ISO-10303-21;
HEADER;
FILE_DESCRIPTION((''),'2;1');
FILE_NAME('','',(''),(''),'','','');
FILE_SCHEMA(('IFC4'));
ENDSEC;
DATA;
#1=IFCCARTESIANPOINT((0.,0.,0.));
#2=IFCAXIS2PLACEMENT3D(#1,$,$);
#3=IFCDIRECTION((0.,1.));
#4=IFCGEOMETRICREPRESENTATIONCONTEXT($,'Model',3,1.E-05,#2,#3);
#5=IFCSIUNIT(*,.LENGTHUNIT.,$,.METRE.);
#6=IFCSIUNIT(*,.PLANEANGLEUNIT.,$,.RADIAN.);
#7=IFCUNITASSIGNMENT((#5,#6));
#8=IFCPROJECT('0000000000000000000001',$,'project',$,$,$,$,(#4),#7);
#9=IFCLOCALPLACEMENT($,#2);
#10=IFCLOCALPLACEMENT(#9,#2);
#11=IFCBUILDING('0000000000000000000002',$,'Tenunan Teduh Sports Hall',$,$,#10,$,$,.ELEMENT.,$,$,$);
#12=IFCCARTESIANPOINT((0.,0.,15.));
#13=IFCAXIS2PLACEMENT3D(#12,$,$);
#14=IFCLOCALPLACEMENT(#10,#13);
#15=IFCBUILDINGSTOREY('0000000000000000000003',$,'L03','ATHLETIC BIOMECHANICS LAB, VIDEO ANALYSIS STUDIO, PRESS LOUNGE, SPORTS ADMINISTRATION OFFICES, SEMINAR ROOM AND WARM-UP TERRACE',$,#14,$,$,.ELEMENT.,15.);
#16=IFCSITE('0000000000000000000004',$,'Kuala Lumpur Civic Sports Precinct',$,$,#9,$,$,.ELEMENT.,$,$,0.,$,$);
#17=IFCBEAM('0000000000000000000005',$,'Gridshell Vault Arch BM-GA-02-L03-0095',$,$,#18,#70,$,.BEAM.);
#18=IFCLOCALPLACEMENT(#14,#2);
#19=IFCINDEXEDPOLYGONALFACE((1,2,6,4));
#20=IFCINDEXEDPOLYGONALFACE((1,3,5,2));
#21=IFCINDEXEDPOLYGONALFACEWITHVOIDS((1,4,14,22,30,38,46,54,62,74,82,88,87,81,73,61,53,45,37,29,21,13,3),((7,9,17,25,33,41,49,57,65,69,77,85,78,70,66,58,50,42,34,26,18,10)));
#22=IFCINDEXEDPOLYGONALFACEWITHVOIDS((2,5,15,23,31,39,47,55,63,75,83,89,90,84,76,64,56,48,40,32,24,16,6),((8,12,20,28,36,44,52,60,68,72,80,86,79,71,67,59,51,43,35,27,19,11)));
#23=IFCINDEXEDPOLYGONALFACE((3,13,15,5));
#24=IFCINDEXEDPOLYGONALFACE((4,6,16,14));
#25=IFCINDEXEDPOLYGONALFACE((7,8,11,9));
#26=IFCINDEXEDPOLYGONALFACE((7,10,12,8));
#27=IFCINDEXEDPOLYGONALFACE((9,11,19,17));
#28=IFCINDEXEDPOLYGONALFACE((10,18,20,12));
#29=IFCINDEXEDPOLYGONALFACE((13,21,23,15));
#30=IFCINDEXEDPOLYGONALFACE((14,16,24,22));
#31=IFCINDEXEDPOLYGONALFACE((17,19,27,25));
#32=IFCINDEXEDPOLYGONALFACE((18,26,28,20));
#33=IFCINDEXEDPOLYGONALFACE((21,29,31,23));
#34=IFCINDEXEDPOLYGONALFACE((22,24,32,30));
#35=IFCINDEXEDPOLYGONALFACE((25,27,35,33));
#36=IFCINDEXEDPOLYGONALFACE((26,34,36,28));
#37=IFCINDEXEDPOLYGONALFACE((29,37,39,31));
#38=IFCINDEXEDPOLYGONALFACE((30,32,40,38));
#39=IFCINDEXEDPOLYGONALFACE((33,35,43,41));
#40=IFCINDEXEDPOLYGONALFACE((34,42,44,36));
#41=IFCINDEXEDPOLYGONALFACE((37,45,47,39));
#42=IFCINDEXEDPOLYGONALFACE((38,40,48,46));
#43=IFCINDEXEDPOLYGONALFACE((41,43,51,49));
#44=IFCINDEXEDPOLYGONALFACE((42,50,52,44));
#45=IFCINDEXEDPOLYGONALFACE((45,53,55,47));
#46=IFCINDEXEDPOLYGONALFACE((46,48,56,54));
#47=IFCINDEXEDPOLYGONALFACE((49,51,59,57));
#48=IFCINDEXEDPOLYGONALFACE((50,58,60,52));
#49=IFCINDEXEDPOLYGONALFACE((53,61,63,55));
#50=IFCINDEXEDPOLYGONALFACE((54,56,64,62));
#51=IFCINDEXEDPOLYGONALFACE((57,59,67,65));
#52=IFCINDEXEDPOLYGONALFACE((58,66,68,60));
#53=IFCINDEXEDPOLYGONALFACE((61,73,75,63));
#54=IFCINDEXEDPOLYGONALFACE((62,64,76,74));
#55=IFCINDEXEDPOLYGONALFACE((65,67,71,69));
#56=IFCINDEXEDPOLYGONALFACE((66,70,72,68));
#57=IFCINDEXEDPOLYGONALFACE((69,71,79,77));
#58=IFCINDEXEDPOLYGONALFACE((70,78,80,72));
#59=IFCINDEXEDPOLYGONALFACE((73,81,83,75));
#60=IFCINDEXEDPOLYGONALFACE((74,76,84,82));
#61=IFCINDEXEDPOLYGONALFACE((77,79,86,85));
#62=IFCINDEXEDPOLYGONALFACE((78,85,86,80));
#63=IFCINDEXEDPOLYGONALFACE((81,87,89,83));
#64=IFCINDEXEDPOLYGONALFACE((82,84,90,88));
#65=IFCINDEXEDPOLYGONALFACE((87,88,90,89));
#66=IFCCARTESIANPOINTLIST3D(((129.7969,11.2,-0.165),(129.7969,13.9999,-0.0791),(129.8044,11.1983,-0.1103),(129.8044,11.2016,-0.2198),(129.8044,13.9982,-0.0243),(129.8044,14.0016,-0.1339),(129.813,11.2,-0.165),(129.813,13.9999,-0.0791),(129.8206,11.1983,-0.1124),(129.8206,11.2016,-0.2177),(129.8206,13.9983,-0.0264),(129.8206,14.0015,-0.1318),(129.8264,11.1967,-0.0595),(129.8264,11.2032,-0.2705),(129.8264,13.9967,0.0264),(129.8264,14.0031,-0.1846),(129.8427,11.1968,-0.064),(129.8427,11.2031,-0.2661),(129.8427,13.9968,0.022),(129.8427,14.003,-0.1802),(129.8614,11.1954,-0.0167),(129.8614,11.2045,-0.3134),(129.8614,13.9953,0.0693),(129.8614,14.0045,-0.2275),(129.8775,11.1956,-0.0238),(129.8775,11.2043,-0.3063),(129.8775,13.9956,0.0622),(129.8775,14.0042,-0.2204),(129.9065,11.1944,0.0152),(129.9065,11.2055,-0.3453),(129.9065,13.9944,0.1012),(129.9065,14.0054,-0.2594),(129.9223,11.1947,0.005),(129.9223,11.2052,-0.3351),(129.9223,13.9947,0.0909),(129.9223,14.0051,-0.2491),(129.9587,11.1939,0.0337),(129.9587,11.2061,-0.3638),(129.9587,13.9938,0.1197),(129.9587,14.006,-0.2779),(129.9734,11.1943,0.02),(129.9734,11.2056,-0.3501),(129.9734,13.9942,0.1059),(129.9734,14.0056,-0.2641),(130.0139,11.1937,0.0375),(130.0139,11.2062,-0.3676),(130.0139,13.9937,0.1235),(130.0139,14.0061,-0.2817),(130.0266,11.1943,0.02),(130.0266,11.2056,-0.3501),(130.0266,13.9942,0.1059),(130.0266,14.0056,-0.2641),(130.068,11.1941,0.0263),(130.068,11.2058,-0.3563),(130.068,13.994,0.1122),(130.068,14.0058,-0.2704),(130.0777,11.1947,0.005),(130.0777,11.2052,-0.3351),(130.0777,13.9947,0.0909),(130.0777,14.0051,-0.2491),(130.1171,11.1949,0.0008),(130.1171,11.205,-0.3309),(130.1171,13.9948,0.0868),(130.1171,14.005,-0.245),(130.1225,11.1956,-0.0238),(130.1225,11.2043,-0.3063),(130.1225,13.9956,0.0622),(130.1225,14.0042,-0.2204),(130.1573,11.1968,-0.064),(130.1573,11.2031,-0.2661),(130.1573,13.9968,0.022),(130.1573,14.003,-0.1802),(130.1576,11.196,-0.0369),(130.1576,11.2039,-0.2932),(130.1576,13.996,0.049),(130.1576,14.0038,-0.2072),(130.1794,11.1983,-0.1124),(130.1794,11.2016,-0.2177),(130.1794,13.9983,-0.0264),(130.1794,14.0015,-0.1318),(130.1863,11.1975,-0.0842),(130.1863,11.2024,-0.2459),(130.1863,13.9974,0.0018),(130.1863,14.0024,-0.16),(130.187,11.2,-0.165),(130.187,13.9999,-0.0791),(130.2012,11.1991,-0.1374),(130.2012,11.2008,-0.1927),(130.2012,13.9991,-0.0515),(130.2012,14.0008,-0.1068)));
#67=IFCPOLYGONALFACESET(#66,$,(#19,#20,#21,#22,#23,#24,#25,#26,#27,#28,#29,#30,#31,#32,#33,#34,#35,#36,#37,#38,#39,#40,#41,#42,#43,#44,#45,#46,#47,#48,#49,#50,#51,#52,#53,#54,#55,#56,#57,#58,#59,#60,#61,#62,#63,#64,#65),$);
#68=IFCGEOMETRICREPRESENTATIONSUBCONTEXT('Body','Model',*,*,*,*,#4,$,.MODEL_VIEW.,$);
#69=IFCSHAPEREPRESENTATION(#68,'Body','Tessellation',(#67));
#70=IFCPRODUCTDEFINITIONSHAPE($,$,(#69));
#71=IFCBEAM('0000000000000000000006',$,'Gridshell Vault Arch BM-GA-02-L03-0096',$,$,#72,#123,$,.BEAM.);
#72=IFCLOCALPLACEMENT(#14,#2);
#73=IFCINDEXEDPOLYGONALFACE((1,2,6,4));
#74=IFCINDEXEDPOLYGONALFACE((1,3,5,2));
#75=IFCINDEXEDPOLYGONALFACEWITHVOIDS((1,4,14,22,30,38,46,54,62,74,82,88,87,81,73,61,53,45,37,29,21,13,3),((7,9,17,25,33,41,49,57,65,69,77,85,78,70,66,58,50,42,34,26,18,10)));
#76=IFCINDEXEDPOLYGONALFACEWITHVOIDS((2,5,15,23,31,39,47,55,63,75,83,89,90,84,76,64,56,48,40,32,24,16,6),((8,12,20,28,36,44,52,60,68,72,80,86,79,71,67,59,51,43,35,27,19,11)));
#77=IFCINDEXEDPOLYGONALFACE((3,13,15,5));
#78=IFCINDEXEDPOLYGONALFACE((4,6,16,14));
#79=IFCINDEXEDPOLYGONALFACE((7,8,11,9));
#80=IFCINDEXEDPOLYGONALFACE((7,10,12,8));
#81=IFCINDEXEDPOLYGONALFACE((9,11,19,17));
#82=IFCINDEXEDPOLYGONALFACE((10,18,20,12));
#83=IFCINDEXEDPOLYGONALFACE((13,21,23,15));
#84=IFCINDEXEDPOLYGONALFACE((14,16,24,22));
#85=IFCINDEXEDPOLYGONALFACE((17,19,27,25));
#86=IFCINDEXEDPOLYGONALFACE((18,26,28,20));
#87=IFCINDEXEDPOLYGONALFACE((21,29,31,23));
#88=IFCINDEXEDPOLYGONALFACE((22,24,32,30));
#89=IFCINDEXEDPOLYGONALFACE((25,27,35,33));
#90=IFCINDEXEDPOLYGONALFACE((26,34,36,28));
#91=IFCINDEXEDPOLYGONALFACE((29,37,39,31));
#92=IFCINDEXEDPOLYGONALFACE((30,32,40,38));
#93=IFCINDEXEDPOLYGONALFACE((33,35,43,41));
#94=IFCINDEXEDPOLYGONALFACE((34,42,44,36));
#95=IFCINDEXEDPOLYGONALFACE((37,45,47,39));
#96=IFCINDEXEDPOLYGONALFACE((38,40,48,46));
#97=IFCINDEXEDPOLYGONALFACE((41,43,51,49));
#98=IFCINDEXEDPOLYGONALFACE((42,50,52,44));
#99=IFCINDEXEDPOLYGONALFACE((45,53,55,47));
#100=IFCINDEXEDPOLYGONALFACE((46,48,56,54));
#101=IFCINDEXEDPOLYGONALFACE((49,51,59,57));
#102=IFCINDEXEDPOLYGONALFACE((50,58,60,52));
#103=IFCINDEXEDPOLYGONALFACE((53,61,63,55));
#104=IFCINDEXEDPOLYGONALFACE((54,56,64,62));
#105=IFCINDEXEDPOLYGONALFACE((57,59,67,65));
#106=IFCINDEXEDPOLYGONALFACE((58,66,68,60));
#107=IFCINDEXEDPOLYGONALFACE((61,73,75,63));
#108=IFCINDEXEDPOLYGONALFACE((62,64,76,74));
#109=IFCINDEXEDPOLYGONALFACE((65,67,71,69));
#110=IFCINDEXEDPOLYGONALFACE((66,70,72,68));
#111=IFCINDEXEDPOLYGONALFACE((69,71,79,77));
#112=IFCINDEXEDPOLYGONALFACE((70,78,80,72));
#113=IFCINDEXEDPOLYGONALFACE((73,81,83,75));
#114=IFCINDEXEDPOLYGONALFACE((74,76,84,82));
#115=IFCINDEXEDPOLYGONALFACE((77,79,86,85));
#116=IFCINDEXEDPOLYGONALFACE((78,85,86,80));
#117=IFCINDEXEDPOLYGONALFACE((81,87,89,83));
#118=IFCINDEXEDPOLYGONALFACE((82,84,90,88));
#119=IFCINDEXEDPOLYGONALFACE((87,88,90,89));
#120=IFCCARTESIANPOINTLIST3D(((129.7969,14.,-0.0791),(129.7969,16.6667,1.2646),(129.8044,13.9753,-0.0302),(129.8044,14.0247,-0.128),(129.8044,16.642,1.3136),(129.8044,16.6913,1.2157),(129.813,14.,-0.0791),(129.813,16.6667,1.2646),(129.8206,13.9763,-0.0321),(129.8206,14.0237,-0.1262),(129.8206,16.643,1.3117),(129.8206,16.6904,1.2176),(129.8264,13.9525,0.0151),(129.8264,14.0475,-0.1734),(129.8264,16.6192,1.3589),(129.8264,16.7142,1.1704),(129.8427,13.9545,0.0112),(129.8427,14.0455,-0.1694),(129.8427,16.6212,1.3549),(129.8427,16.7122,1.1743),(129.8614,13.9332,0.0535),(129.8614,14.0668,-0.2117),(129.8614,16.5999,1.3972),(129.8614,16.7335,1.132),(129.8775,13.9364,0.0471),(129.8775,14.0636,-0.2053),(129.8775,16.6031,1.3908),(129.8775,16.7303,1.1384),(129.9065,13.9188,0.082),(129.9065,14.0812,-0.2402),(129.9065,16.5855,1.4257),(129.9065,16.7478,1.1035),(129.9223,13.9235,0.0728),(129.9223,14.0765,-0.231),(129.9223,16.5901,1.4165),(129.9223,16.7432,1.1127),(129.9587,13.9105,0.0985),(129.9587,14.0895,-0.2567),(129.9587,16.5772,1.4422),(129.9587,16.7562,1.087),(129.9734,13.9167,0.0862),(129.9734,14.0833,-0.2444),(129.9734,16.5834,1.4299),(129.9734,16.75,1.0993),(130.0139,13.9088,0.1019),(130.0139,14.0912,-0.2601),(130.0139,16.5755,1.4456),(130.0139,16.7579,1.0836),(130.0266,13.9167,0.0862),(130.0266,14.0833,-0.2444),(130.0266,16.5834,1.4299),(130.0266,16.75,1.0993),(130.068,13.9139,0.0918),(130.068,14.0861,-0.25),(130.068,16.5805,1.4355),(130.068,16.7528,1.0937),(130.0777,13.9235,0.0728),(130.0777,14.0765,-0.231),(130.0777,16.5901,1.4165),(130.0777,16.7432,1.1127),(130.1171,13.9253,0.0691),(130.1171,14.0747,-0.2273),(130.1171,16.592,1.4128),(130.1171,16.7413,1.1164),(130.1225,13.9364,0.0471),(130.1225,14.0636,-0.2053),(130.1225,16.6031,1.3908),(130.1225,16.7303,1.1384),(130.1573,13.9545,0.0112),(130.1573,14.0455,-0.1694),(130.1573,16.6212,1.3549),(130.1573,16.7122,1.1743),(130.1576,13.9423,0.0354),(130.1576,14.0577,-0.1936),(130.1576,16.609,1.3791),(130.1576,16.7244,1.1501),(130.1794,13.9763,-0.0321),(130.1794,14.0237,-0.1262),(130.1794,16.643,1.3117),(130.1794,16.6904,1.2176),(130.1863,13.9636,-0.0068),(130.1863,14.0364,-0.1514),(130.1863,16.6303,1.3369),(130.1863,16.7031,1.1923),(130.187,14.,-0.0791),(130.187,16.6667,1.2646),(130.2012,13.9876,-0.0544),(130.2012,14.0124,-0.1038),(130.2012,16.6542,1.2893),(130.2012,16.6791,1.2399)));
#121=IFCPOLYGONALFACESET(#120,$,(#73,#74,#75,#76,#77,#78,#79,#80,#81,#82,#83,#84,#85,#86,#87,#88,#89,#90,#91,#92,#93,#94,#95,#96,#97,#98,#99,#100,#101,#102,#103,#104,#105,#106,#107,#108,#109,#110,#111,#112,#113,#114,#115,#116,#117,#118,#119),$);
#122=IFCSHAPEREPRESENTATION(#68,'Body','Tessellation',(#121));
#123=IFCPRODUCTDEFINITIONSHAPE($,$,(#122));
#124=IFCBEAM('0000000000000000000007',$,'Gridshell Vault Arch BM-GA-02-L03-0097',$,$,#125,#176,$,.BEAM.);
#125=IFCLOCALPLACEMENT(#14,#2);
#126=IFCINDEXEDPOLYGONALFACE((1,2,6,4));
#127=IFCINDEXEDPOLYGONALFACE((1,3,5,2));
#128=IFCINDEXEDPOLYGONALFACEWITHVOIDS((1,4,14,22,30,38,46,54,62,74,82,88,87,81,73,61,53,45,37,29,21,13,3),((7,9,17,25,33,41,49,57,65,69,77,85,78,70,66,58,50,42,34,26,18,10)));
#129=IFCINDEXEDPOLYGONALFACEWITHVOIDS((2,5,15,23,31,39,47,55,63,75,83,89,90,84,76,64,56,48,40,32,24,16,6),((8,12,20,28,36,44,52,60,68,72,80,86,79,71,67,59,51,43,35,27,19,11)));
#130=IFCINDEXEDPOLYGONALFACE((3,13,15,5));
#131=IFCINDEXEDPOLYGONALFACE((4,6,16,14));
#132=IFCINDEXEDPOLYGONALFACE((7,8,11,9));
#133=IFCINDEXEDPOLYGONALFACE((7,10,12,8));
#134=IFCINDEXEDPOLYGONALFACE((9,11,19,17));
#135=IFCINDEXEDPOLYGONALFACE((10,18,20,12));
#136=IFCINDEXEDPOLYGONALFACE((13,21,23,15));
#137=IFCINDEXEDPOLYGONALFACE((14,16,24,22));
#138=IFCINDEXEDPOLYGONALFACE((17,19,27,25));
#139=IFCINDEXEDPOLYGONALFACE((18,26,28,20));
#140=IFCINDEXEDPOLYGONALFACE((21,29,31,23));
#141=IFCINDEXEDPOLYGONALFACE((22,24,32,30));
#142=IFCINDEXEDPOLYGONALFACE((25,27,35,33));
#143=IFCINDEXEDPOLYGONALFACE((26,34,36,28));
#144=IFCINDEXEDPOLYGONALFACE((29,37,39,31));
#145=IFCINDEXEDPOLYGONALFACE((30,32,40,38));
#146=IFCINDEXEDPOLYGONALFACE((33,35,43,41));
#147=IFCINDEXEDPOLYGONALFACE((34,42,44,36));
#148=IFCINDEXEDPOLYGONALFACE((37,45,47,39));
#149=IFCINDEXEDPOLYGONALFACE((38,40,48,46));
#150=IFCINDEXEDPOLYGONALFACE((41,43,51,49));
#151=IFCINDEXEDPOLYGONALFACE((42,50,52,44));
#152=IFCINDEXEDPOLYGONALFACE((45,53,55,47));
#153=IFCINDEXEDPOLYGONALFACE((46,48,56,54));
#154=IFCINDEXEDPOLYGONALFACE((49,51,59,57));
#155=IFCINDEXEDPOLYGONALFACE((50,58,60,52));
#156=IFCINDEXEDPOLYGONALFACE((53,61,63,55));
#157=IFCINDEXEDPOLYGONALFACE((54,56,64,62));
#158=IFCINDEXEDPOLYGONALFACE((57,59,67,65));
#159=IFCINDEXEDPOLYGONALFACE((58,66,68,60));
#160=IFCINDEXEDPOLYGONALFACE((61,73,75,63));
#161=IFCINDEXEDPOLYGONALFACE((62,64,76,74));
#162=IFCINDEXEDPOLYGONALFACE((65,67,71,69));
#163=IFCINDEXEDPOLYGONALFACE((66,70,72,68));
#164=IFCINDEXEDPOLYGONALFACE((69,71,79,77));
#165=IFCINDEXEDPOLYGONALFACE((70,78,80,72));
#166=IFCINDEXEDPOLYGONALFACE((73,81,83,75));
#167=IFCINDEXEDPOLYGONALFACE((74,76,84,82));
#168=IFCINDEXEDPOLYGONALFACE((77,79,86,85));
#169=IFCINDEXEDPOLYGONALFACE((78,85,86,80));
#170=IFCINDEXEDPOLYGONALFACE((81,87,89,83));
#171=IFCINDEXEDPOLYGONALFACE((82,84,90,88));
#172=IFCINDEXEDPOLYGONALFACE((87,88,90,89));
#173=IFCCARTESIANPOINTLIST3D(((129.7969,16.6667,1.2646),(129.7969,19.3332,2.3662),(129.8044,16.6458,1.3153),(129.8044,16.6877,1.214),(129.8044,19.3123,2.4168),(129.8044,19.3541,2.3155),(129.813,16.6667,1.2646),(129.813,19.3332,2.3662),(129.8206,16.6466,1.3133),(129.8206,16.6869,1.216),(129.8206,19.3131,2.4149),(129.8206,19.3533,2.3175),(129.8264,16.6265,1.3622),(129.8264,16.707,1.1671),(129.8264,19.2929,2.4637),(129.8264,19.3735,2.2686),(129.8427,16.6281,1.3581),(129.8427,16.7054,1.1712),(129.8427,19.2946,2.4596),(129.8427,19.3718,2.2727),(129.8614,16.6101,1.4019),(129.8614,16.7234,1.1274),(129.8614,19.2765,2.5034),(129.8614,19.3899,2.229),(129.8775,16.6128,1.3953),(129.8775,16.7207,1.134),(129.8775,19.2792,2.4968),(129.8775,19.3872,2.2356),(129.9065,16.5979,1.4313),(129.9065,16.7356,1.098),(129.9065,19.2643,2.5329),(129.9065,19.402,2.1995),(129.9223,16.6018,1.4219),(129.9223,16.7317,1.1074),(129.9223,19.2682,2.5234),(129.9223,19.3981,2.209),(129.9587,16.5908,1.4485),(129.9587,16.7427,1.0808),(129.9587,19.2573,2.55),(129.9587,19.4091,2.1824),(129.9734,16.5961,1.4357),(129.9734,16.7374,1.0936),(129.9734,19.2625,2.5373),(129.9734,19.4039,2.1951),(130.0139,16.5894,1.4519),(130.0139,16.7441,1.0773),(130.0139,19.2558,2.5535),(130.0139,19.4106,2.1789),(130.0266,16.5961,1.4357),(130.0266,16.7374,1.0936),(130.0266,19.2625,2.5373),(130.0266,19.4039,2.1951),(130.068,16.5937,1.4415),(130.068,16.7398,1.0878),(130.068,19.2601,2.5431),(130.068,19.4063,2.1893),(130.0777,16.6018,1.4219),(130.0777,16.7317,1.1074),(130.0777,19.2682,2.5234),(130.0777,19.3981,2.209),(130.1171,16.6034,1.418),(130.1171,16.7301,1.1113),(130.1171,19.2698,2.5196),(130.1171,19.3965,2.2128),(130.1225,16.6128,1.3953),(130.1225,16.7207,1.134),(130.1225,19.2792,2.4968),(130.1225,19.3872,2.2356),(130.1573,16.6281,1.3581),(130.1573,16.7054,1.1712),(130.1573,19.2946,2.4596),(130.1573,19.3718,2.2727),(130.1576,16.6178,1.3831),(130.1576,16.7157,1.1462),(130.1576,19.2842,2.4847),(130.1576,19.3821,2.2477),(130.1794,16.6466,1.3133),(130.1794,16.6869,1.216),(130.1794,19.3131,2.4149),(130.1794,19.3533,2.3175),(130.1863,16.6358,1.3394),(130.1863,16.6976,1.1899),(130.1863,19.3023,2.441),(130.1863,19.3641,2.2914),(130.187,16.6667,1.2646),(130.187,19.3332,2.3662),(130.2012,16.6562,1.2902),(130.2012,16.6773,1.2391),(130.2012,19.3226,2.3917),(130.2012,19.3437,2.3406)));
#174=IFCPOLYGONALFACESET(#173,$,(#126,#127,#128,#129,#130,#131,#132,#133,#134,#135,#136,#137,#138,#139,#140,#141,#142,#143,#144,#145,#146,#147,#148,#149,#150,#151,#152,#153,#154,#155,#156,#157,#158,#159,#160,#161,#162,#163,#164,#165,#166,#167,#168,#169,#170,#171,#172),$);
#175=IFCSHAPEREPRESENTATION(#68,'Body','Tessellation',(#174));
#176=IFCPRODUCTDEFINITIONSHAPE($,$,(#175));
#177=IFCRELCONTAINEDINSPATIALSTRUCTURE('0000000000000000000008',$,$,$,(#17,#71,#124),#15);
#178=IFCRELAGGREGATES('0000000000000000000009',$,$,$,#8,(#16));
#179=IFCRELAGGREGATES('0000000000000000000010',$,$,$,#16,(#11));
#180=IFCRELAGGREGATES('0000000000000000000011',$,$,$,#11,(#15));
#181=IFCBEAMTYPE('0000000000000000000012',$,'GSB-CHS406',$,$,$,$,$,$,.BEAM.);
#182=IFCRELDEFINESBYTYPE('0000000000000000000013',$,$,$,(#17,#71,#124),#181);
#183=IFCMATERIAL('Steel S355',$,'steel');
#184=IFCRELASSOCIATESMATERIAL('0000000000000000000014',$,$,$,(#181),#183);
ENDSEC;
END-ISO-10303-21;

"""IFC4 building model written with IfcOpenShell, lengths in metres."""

from ifc_helpers import new_model, si_unit, direction, frame, origin, origin_2d, place, context, subcontext, project, spatial, hollow_circle, extrude, material, material_profile, profile_set, type_object, element, save


model = new_model("IFC4")

# Units and contexts
model_context = context("Model", 3, precision=1e-05, world=origin(), true_north=direction((0.0, 1.0)))
body_context = subcontext(model_context, "Body", "Model", "MODEL_VIEW")
ifc_project = project(units=[si_unit("LENGTHUNIT", "METRE"), si_unit("PLANEANGLEUNIT", "RADIAN")], contexts=[model_context])

# Site, building, storey
site_placement = place(None, origin())
site = spatial("IfcSite", under=ifc_project, at=site_placement, Name="Kuala Lumpur Civic Sports Precinct", CompositionType="ELEMENT", RefElevation=0.0)
building_placement = place(site_placement, origin())
building = spatial("IfcBuilding", under=site, at=building_placement, Name="Tenunan Teduh Sports Hall", CompositionType="ELEMENT")
storey_placement = place(building_placement, frame((0.0, 0.0, 15.0)))
storey = spatial("IfcBuildingStorey", under=building, at=storey_placement, Name="L03", Description="ATHLETIC BIOMECHANICS LAB, VIDEO ANALYSIS STUDIO, PRESS LOUNGE, SPORTS ADMINISTRATION OFFICES, SEMINAR ROOM AND WARM-UP TERRACE", CompositionType="ELEMENT", Elevation=15.0)

# Beams
ifc_material_1 = material(Name="Steel S355", Category="steel")
ifc_material_profile_1 = material_profile(ifc_material_1, hollow_circle(Radius=0.2031, WallThickness=0.0161, at=origin_2d()), Name="CHS 406.4x16.0")
ifc_profile_set_1 = profile_set([ifc_material_profile_1], Name="Steel S355")
beam_type_1 = type_object("IfcBeamType", Name="GSB-CHS406", PredefinedType="BEAM", material=ifc_profile_set_1)
beam_1_placement = place(storey_placement, frame((130.0, 11.2, -0.165), z_axis=(0.0, 0.999529, 0.030677), x_axis=(-1.0, 0.0, 0.0)))
element("IfcBeam", 1, at=beam_1_placement, inside=storey, type_object=beam_type_1, Name="Gridshell Vault Arch BM-GA-02-L03-0095", PredefinedType="BEAM", context=body_context, shape_type="SweptSolid", body=[
    extrude(hollow_circle(Radius=0.2031, WallThickness=0.0161, at=origin_2d()), origin(), (0.0, 0.0, 1.0), 2.8013),
])
beam_2_placement = place(storey_placement, frame((130.0, 14.0, -0.0791), z_axis=(0.0, 0.893033, 0.449991), x_axis=(-1.0, 0.0, 0.0)))
element("IfcBeam", 2, at=beam_2_placement, inside=storey, type_object=beam_type_1, Name="Gridshell Vault Arch BM-GA-02-L03-0096", PredefinedType="BEAM", context=body_context, shape_type="SweptSolid", body=[
    extrude(hollow_circle(Radius=0.2031, WallThickness=0.0161, at=origin_2d()), origin(), (0.0, 0.0, 1.0), 2.9861),
])
beam_3_placement = place(storey_placement, frame((130.0, 16.6667, 1.2646), z_axis=(0.0, 0.924239, 0.381814), x_axis=(-1.0, 0.0, 0.0)))
element("IfcBeam", 3, at=beam_3_placement, inside=storey, type_object=beam_type_1, Name="Gridshell Vault Arch BM-GA-02-L03-0097", PredefinedType="BEAM", context=body_context, shape_type="SweptSolid", body=[
    extrude(hollow_circle(Radius=0.2031, WallThickness=0.0161, at=origin_2d()), origin(), (0.0, 0.0, 1.0), 2.885),
])

save(model, "model.ifc")
